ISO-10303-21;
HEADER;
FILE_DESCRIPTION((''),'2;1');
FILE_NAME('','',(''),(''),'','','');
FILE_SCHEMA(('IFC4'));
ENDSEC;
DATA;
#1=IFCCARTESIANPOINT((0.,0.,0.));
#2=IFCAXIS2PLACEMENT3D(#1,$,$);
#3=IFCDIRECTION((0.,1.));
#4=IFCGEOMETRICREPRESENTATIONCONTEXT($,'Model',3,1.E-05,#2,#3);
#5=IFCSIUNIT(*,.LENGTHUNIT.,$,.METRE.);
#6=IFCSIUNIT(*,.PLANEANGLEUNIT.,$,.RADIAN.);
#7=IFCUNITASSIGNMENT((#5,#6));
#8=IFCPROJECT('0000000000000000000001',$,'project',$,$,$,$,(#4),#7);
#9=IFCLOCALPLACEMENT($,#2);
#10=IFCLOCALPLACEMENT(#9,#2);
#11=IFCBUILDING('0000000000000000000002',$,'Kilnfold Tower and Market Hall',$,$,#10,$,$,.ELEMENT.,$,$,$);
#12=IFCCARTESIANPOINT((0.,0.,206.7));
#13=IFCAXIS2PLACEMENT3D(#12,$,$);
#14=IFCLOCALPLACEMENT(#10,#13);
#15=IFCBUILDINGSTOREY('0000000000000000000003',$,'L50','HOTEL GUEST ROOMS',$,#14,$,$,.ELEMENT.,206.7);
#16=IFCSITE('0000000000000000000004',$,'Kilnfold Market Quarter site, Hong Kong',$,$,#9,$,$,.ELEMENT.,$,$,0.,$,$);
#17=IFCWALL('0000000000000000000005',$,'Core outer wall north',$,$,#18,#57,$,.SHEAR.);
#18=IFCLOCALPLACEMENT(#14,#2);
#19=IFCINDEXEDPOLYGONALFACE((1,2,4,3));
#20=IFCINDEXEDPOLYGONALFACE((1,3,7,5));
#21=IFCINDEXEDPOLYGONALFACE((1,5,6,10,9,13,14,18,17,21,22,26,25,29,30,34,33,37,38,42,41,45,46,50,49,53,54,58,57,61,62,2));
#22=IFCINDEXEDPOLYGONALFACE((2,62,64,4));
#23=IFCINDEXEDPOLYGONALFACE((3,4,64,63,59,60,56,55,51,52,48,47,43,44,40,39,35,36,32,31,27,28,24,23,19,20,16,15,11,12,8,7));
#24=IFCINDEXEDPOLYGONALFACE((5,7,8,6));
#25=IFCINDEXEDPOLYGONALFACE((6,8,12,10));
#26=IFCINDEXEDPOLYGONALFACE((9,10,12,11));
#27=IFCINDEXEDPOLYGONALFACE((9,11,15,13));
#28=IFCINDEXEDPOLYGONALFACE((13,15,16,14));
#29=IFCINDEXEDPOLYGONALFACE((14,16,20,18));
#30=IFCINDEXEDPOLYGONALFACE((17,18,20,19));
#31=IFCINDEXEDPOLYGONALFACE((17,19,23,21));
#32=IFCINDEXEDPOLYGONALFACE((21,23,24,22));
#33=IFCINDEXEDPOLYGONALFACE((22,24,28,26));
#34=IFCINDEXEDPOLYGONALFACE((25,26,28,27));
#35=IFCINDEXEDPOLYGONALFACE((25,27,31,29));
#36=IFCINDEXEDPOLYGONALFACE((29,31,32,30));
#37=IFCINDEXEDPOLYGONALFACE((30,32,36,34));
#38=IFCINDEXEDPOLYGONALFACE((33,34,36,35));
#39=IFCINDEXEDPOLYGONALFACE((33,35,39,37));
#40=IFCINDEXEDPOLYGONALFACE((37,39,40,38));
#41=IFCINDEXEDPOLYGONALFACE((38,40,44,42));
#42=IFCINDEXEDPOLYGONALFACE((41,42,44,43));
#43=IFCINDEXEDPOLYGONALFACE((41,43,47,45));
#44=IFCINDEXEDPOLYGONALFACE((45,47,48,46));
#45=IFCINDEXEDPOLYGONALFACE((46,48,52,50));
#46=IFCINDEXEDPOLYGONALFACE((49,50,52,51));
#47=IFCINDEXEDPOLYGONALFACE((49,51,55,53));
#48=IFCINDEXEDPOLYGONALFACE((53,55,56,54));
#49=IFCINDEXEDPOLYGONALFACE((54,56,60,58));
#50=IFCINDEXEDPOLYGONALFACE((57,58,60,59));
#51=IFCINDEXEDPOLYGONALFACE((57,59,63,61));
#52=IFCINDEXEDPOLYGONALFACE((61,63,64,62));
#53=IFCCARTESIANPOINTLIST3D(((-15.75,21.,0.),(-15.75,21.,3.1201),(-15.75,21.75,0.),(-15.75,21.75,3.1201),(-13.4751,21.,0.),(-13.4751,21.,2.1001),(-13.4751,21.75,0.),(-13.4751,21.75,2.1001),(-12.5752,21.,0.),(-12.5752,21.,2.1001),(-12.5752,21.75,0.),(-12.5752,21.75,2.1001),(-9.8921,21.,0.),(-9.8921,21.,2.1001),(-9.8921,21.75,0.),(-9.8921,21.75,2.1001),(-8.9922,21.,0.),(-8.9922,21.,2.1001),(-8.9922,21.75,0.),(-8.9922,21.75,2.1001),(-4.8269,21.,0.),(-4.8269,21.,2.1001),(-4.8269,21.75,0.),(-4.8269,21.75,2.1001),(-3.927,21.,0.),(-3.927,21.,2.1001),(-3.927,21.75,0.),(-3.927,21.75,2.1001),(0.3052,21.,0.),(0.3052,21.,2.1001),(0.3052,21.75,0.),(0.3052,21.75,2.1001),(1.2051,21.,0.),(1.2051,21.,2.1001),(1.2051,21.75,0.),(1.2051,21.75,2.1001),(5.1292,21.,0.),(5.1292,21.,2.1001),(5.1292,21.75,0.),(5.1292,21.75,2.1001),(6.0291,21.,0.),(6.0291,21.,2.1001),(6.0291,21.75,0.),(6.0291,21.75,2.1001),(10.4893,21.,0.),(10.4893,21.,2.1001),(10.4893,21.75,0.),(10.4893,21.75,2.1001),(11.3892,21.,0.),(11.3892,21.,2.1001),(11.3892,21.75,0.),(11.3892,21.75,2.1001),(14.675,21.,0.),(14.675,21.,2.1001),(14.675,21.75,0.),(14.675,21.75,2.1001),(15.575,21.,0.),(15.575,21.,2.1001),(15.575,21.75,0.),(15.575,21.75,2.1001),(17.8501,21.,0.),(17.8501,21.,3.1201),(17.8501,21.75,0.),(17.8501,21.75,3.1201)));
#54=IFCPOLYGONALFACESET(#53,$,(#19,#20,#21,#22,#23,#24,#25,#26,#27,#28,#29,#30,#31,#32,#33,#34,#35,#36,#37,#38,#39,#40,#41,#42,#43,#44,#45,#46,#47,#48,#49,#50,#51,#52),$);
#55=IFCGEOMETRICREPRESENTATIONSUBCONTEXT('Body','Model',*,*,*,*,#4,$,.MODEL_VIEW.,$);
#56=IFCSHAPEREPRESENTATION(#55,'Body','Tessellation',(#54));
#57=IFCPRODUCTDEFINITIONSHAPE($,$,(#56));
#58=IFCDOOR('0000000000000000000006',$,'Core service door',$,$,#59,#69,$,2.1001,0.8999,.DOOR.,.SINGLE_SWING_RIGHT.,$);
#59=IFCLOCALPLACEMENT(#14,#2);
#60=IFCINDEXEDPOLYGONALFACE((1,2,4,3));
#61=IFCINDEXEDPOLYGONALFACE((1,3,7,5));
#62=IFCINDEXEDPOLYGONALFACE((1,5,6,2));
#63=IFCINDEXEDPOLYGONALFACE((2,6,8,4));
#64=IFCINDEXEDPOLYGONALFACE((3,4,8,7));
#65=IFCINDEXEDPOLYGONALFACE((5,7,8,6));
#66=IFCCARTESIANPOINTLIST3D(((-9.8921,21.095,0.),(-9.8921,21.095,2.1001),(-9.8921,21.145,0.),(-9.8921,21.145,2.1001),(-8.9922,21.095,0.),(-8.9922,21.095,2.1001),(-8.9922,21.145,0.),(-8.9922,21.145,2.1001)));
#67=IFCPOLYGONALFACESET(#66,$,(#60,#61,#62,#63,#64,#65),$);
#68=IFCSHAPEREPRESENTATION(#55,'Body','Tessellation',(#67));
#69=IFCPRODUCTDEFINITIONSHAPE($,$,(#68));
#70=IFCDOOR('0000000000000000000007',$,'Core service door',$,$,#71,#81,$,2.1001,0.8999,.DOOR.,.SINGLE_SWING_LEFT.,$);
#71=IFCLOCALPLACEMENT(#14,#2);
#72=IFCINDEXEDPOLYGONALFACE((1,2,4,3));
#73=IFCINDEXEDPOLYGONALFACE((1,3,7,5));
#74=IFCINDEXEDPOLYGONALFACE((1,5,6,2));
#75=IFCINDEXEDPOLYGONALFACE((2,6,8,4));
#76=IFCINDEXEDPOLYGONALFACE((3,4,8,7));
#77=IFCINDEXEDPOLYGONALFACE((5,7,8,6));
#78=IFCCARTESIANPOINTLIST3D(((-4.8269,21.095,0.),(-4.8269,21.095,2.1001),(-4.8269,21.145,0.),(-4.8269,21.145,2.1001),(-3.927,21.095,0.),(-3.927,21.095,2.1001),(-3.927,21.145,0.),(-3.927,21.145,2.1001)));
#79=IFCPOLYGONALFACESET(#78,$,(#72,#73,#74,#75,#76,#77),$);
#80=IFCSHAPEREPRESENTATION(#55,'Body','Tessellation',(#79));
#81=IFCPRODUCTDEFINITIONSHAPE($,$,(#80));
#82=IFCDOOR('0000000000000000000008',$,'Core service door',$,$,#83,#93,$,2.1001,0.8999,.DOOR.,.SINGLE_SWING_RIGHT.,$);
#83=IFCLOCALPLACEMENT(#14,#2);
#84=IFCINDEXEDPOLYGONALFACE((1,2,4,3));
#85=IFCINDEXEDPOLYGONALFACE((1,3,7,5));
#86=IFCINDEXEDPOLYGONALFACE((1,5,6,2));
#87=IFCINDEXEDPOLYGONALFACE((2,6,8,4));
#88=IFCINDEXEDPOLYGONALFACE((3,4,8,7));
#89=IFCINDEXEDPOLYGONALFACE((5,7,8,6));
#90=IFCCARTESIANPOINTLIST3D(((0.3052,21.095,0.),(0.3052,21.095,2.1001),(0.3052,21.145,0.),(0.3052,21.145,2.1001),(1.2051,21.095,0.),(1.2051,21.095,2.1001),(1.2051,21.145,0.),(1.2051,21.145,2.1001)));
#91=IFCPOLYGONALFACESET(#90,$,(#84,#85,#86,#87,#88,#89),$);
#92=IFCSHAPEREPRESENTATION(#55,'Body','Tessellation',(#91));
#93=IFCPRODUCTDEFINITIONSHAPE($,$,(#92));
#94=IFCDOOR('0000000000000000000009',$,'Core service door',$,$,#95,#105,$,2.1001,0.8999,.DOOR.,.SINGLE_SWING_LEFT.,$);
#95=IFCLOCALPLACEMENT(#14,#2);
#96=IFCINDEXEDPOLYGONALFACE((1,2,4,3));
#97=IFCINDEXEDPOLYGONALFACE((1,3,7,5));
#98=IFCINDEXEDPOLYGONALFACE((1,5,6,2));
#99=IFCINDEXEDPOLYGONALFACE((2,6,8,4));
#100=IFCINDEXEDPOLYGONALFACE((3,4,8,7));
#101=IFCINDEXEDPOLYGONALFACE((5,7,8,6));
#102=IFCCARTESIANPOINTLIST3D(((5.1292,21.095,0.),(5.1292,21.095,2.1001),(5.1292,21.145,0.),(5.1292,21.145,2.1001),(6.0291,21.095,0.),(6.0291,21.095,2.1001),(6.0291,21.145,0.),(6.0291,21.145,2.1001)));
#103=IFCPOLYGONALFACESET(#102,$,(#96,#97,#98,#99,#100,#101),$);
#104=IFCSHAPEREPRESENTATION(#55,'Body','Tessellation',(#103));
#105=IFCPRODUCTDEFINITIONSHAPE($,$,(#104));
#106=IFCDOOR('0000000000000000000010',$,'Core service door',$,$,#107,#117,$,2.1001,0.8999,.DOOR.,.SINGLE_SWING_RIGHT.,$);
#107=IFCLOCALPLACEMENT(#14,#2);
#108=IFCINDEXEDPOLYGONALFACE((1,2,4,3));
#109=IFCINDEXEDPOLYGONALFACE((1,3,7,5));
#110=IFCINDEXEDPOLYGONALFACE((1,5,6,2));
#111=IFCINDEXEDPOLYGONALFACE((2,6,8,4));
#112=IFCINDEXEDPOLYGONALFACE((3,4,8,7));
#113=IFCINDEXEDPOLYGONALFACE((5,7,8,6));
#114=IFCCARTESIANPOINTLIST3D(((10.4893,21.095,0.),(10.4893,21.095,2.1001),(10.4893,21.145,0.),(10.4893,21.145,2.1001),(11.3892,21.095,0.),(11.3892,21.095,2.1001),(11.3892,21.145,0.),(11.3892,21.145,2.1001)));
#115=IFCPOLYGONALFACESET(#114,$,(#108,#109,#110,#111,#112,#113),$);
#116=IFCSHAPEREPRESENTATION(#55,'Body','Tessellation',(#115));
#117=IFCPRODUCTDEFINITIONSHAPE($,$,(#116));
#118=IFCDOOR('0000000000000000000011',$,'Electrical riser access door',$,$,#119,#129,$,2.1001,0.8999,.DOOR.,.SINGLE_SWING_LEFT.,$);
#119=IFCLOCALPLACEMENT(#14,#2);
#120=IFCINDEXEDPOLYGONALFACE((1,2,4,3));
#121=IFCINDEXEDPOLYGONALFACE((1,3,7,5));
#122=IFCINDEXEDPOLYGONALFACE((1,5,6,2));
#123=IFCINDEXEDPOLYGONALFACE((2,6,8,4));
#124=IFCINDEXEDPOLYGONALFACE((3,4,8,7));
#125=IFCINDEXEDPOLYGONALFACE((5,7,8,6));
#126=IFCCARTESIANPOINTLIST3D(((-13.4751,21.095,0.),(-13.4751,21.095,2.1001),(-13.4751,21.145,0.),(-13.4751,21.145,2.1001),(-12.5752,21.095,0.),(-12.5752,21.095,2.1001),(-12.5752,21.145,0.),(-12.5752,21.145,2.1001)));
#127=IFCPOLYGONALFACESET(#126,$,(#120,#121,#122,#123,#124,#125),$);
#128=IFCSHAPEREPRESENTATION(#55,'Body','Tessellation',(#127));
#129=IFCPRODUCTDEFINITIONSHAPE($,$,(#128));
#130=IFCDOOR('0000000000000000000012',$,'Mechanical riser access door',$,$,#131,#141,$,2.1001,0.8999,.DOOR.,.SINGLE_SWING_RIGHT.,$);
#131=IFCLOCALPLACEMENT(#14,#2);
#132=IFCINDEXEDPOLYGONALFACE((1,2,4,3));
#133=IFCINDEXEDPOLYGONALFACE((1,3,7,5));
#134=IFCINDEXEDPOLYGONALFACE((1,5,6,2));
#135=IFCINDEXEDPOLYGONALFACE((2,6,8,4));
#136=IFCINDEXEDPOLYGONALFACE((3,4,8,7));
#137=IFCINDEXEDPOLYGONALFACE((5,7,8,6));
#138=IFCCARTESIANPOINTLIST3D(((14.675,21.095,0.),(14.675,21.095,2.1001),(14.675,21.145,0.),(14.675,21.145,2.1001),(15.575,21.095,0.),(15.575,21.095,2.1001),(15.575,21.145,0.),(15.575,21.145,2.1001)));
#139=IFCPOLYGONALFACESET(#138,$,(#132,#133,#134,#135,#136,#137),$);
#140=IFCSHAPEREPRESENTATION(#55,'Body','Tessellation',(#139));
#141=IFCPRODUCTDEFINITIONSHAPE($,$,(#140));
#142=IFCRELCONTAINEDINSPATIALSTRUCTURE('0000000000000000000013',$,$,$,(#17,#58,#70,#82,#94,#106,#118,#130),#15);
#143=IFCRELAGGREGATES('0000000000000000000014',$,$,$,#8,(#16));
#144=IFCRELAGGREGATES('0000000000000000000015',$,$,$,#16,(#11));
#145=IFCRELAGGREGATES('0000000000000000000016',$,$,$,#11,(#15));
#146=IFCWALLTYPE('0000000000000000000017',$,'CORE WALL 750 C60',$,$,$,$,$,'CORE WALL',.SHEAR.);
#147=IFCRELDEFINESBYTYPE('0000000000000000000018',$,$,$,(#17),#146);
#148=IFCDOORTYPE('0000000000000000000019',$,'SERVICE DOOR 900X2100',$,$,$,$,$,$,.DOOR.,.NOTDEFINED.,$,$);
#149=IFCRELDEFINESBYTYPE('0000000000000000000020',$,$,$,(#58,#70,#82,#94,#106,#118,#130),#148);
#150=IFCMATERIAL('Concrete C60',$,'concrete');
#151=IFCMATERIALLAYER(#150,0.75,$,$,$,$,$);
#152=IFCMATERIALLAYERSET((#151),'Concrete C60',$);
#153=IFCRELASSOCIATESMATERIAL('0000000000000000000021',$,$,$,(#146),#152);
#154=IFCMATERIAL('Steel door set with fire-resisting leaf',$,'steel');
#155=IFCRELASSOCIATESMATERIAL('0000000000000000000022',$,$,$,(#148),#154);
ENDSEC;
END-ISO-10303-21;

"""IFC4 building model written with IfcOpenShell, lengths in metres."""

from ifc_helpers import new_model, si_unit, direction, frame, frame_2d, origin, place, context, subcontext, project, spatial, rectangle, extrude, source, transform, mapped, material, layer, layer_set, type_object, element, fill, save


model = new_model("IFC4")

# Units and contexts
model_context = context("Model", 3, precision=1e-05, world=origin(), true_north=direction((0.0, 1.0)))
body_context = subcontext(model_context, "Body", "Model", "MODEL_VIEW")
ifc_project = project(units=[si_unit("LENGTHUNIT", "METRE"), si_unit("PLANEANGLEUNIT", "RADIAN")], contexts=[model_context])

# Site, building, storey
site_placement = place(None, origin())
site = spatial("IfcSite", under=ifc_project, at=site_placement, Name="Kilnfold Market Quarter site, Hong Kong", CompositionType="ELEMENT", RefElevation=0.0)
building_placement = place(site_placement, origin())
building = spatial("IfcBuilding", under=site, at=building_placement, Name="Kilnfold Tower and Market Hall", CompositionType="ELEMENT")
storey_placement = place(building_placement, frame((0.0, 0.0, 206.7)))
storey = spatial("IfcBuildingStorey", under=building, at=storey_placement, Name="L50", Description="HOTEL GUEST ROOMS", CompositionType="ELEMENT", Elevation=206.7)

# Wall, openings, doors
ifc_material_1 = material(Name="Concrete C60", Category="concrete")
ifc_layer_1 = layer(ifc_material_1, 0.75)
ifc_layer_set_1 = layer_set([ifc_layer_1], Name="Concrete C60")
wall_type_1 = type_object("IfcWallType", Name="CORE WALL 750 C60", ElementType="CORE WALL", PredefinedType="SHEAR", material=ifc_layer_set_1)
shared_shape_1 = source(origin(), body_context, "Body", "SweptSolid", [
    extrude(rectangle(XDim=33.6001, YDim=0.75, at=frame_2d((16.8, 0.0))), origin(), (0.0, 0.0, 1.0), 3.1201),
])
wall_1_placement = place(storey_placement, frame((-15.75, 21.375, 0.0), z_axis=(0.0, 0.0, 1.0), x_axis=(1.0, 0.0, 0.0)))
wall_1 = element("IfcWall", 1, at=wall_1_placement, inside=storey, type_object=wall_type_1, Name="Core outer wall north", PredefinedType="SHEAR", context=body_context, shape_type="MappedRepresentation", body=[
    mapped(shared_shape_1, transform((0.0, 0.0, 0.0))),
])
opening_1_placement = place(wall_1_placement, frame((5.8579, 0.0, 0.0)))
opening_1 = element("IfcOpeningElement", 2, at=opening_1_placement, cuts=wall_1, PredefinedType="OPENING", context=body_context, shape_type="SweptSolid", body=[
    extrude(rectangle(XDim=0.8999, YDim=2.1001, at=frame_2d((0.45, 1.05))), frame((0.0, 0.385, 0.0), z_axis=(0.0, -1.0, 0.0), x_axis=(1.0, 0.0, 0.0)), (0.0, 0.0, 1.0), 0.77),
])
opening_2_placement = place(wall_1_placement, frame((10.9231, 0.0, 0.0)))
opening_2 = element("IfcOpeningElement", 3, at=opening_2_placement, cuts=wall_1, PredefinedType="OPENING", context=body_context, shape_type="SweptSolid", body=[
    extrude(rectangle(XDim=0.8999, YDim=2.1001, at=frame_2d((0.45, 1.05))), frame((0.0, 0.385, 0.0), z_axis=(0.0, -1.0, 0.0), x_axis=(1.0, 0.0, 0.0)), (0.0, 0.0, 1.0), 0.77),
])
opening_3_placement = place(wall_1_placement, frame((16.0552, 0.0, 0.0)))
opening_3 = element("IfcOpeningElement", 4, at=opening_3_placement, cuts=wall_1, PredefinedType="OPENING", context=body_context, shape_type="SweptSolid", body=[
    extrude(rectangle(XDim=0.8999, YDim=2.1001, at=frame_2d((0.45, 1.05))), frame((0.0, 0.385, 0.0), z_axis=(0.0, -1.0, 0.0), x_axis=(1.0, 0.0, 0.0)), (0.0, 0.0, 1.0), 0.77),
])
opening_4_placement = place(wall_1_placement, frame((20.8792, 0.0, 0.0)))
opening_4 = element("IfcOpeningElement", 5, at=opening_4_placement, cuts=wall_1, PredefinedType="OPENING", context=body_context, shape_type="SweptSolid", body=[
    extrude(rectangle(XDim=0.8999, YDim=2.1001, at=frame_2d((0.45, 1.05))), frame((0.0, 0.385, 0.0), z_axis=(0.0, -1.0, 0.0), x_axis=(1.0, 0.0, 0.0)), (0.0, 0.0, 1.0), 0.77),
])
opening_5_placement = place(wall_1_placement, frame((26.2393, 0.0, 0.0)))
opening_5 = element("IfcOpeningElement", 6, at=opening_5_placement, cuts=wall_1, PredefinedType="OPENING", context=body_context, shape_type="SweptSolid", body=[
    extrude(rectangle(XDim=0.8999, YDim=2.1001, at=frame_2d((0.45, 1.05))), frame((0.0, 0.385, 0.0), z_axis=(0.0, -1.0, 0.0), x_axis=(1.0, 0.0, 0.0)), (0.0, 0.0, 1.0), 0.77),
])
opening_6_placement = place(wall_1_placement, frame((2.2749, 0.0, 0.0)))
opening_6 = element("IfcOpeningElement", 7, at=opening_6_placement, cuts=wall_1, PredefinedType="OPENING", context=body_context, shape_type="SweptSolid", body=[
    extrude(rectangle(XDim=0.8999, YDim=2.1001, at=frame_2d((0.45, 1.05))), frame((0.0, 0.385, 0.0), z_axis=(0.0, -1.0, 0.0), x_axis=(1.0, 0.0, 0.0)), (0.0, 0.0, 1.0), 0.77),
])
opening_7_placement = place(wall_1_placement, frame((30.425, 0.0, 0.0)))
opening_7 = element("IfcOpeningElement", 8, at=opening_7_placement, cuts=wall_1, PredefinedType="OPENING", context=body_context, shape_type="SweptSolid", body=[
    extrude(rectangle(XDim=0.8999, YDim=2.1001, at=frame_2d((0.45, 1.05))), frame((0.0, 0.385, 0.0), z_axis=(0.0, -1.0, 0.0), x_axis=(1.0, 0.0, 0.0)), (0.0, 0.0, 1.0), 0.77),
])
ifc_material_2 = material(Name="Steel door set with fire-resisting leaf", Category="steel")
door_type = type_object("IfcDoorType", Name="SERVICE DOOR 900X2100", OperationType="NOTDEFINED", PredefinedType="DOOR", material=ifc_material_2)
door_1_placement = place(opening_1_placement, origin())
door_1 = element("IfcDoor", 9, at=door_1_placement, inside=storey, type_object=door_type, Name="Core service door", OperationType="SINGLE_SWING_RIGHT", OverallHeight=2.1001, OverallWidth=0.8999, PredefinedType="DOOR", context=body_context, shape_type="SweptSolid", body=[
    extrude(rectangle(XDim=0.8999, YDim=2.1001, at=frame_2d((0.45, 1.05))), frame((0.0, -0.23, 0.0), z_axis=(0.0, -1.0, 0.0), x_axis=(1.0, 0.0, 0.0)), (0.0, 0.0, 1.0), 0.05),
])
fill(opening_1, door_1)
door_2_placement = place(opening_2_placement, origin())
door_2 = element("IfcDoor", 10, at=door_2_placement, inside=storey, type_object=door_type, Name="Core service door", OperationType="SINGLE_SWING_LEFT", OverallHeight=2.1001, OverallWidth=0.8999, PredefinedType="DOOR", context=body_context, shape_type="SweptSolid", body=[
    extrude(rectangle(XDim=0.8999, YDim=2.1001, at=frame_2d((0.45, 1.05))), frame((0.0, -0.23, 0.0), z_axis=(0.0, -1.0, 0.0), x_axis=(1.0, 0.0, 0.0)), (0.0, 0.0, 1.0), 0.05),
])
fill(opening_2, door_2)
door_3_placement = place(opening_3_placement, origin())
door_3 = element("IfcDoor", 11, at=door_3_placement, inside=storey, type_object=door_type, Name="Core service door", OperationType="SINGLE_SWING_RIGHT", OverallHeight=2.1001, OverallWidth=0.8999, PredefinedType="DOOR", context=body_context, shape_type="SweptSolid", body=[
    extrude(rectangle(XDim=0.8999, YDim=2.1001, at=frame_2d((0.45, 1.05))), frame((0.0, -0.23, 0.0), z_axis=(0.0, -1.0, 0.0), x_axis=(1.0, 0.0, 0.0)), (0.0, 0.0, 1.0), 0.05),
])
fill(opening_3, door_3)
door_4_placement = place(opening_4_placement, origin())
door_4 = element("IfcDoor", 12, at=door_4_placement, inside=storey, type_object=door_type, Name="Core service door", OperationType="SINGLE_SWING_LEFT", OverallHeight=2.1001, OverallWidth=0.8999, PredefinedType="DOOR", context=body_context, shape_type="SweptSolid", body=[
    extrude(rectangle(XDim=0.8999, YDim=2.1001, at=frame_2d((0.45, 1.05))), frame((0.0, -0.23, 0.0), z_axis=(0.0, -1.0, 0.0), x_axis=(1.0, 0.0, 0.0)), (0.0, 0.0, 1.0), 0.05),
])
fill(opening_4, door_4)
door_5_placement = place(opening_5_placement, origin())
door_5 = element("IfcDoor", 13, at=door_5_placement, inside=storey, type_object=door_type, Name="Core service door", OperationType="SINGLE_SWING_RIGHT", OverallHeight=2.1001, OverallWidth=0.8999, PredefinedType="DOOR", context=body_context, shape_type="SweptSolid", body=[
    extrude(rectangle(XDim=0.8999, YDim=2.1001, at=frame_2d((0.45, 1.05))), frame((0.0, -0.23, 0.0), z_axis=(0.0, -1.0, 0.0), x_axis=(1.0, 0.0, 0.0)), (0.0, 0.0, 1.0), 0.05),
])
fill(opening_5, door_5)
door_6_placement = place(opening_6_placement, origin())
door_6 = element("IfcDoor", 14, at=door_6_placement, inside=storey, type_object=door_type, Name="Electrical riser access door", OperationType="SINGLE_SWING_LEFT", OverallHeight=2.1001, OverallWidth=0.8999, PredefinedType="DOOR", context=body_context, shape_type="SweptSolid", body=[
    extrude(rectangle(XDim=0.8999, YDim=2.1001, at=frame_2d((0.45, 1.05))), frame((0.0, -0.23, 0.0), z_axis=(0.0, -1.0, 0.0), x_axis=(1.0, 0.0, 0.0)), (0.0, 0.0, 1.0), 0.05),
])
fill(opening_6, door_6)
door_7_placement = place(opening_7_placement, origin())
door_7 = element("IfcDoor", 15, at=door_7_placement, inside=storey, type_object=door_type, Name="Mechanical riser access door", OperationType="SINGLE_SWING_RIGHT", OverallHeight=2.1001, OverallWidth=0.8999, PredefinedType="DOOR", context=body_context, shape_type="SweptSolid", body=[
    extrude(rectangle(XDim=0.8999, YDim=2.1001, at=frame_2d((0.45, 1.05))), frame((0.0, -0.23, 0.0), z_axis=(0.0, -1.0, 0.0), x_axis=(1.0, 0.0, 0.0)), (0.0, 0.0, 1.0), 0.05),
])
fill(opening_7, door_7)

save(model, "model.ifc")
